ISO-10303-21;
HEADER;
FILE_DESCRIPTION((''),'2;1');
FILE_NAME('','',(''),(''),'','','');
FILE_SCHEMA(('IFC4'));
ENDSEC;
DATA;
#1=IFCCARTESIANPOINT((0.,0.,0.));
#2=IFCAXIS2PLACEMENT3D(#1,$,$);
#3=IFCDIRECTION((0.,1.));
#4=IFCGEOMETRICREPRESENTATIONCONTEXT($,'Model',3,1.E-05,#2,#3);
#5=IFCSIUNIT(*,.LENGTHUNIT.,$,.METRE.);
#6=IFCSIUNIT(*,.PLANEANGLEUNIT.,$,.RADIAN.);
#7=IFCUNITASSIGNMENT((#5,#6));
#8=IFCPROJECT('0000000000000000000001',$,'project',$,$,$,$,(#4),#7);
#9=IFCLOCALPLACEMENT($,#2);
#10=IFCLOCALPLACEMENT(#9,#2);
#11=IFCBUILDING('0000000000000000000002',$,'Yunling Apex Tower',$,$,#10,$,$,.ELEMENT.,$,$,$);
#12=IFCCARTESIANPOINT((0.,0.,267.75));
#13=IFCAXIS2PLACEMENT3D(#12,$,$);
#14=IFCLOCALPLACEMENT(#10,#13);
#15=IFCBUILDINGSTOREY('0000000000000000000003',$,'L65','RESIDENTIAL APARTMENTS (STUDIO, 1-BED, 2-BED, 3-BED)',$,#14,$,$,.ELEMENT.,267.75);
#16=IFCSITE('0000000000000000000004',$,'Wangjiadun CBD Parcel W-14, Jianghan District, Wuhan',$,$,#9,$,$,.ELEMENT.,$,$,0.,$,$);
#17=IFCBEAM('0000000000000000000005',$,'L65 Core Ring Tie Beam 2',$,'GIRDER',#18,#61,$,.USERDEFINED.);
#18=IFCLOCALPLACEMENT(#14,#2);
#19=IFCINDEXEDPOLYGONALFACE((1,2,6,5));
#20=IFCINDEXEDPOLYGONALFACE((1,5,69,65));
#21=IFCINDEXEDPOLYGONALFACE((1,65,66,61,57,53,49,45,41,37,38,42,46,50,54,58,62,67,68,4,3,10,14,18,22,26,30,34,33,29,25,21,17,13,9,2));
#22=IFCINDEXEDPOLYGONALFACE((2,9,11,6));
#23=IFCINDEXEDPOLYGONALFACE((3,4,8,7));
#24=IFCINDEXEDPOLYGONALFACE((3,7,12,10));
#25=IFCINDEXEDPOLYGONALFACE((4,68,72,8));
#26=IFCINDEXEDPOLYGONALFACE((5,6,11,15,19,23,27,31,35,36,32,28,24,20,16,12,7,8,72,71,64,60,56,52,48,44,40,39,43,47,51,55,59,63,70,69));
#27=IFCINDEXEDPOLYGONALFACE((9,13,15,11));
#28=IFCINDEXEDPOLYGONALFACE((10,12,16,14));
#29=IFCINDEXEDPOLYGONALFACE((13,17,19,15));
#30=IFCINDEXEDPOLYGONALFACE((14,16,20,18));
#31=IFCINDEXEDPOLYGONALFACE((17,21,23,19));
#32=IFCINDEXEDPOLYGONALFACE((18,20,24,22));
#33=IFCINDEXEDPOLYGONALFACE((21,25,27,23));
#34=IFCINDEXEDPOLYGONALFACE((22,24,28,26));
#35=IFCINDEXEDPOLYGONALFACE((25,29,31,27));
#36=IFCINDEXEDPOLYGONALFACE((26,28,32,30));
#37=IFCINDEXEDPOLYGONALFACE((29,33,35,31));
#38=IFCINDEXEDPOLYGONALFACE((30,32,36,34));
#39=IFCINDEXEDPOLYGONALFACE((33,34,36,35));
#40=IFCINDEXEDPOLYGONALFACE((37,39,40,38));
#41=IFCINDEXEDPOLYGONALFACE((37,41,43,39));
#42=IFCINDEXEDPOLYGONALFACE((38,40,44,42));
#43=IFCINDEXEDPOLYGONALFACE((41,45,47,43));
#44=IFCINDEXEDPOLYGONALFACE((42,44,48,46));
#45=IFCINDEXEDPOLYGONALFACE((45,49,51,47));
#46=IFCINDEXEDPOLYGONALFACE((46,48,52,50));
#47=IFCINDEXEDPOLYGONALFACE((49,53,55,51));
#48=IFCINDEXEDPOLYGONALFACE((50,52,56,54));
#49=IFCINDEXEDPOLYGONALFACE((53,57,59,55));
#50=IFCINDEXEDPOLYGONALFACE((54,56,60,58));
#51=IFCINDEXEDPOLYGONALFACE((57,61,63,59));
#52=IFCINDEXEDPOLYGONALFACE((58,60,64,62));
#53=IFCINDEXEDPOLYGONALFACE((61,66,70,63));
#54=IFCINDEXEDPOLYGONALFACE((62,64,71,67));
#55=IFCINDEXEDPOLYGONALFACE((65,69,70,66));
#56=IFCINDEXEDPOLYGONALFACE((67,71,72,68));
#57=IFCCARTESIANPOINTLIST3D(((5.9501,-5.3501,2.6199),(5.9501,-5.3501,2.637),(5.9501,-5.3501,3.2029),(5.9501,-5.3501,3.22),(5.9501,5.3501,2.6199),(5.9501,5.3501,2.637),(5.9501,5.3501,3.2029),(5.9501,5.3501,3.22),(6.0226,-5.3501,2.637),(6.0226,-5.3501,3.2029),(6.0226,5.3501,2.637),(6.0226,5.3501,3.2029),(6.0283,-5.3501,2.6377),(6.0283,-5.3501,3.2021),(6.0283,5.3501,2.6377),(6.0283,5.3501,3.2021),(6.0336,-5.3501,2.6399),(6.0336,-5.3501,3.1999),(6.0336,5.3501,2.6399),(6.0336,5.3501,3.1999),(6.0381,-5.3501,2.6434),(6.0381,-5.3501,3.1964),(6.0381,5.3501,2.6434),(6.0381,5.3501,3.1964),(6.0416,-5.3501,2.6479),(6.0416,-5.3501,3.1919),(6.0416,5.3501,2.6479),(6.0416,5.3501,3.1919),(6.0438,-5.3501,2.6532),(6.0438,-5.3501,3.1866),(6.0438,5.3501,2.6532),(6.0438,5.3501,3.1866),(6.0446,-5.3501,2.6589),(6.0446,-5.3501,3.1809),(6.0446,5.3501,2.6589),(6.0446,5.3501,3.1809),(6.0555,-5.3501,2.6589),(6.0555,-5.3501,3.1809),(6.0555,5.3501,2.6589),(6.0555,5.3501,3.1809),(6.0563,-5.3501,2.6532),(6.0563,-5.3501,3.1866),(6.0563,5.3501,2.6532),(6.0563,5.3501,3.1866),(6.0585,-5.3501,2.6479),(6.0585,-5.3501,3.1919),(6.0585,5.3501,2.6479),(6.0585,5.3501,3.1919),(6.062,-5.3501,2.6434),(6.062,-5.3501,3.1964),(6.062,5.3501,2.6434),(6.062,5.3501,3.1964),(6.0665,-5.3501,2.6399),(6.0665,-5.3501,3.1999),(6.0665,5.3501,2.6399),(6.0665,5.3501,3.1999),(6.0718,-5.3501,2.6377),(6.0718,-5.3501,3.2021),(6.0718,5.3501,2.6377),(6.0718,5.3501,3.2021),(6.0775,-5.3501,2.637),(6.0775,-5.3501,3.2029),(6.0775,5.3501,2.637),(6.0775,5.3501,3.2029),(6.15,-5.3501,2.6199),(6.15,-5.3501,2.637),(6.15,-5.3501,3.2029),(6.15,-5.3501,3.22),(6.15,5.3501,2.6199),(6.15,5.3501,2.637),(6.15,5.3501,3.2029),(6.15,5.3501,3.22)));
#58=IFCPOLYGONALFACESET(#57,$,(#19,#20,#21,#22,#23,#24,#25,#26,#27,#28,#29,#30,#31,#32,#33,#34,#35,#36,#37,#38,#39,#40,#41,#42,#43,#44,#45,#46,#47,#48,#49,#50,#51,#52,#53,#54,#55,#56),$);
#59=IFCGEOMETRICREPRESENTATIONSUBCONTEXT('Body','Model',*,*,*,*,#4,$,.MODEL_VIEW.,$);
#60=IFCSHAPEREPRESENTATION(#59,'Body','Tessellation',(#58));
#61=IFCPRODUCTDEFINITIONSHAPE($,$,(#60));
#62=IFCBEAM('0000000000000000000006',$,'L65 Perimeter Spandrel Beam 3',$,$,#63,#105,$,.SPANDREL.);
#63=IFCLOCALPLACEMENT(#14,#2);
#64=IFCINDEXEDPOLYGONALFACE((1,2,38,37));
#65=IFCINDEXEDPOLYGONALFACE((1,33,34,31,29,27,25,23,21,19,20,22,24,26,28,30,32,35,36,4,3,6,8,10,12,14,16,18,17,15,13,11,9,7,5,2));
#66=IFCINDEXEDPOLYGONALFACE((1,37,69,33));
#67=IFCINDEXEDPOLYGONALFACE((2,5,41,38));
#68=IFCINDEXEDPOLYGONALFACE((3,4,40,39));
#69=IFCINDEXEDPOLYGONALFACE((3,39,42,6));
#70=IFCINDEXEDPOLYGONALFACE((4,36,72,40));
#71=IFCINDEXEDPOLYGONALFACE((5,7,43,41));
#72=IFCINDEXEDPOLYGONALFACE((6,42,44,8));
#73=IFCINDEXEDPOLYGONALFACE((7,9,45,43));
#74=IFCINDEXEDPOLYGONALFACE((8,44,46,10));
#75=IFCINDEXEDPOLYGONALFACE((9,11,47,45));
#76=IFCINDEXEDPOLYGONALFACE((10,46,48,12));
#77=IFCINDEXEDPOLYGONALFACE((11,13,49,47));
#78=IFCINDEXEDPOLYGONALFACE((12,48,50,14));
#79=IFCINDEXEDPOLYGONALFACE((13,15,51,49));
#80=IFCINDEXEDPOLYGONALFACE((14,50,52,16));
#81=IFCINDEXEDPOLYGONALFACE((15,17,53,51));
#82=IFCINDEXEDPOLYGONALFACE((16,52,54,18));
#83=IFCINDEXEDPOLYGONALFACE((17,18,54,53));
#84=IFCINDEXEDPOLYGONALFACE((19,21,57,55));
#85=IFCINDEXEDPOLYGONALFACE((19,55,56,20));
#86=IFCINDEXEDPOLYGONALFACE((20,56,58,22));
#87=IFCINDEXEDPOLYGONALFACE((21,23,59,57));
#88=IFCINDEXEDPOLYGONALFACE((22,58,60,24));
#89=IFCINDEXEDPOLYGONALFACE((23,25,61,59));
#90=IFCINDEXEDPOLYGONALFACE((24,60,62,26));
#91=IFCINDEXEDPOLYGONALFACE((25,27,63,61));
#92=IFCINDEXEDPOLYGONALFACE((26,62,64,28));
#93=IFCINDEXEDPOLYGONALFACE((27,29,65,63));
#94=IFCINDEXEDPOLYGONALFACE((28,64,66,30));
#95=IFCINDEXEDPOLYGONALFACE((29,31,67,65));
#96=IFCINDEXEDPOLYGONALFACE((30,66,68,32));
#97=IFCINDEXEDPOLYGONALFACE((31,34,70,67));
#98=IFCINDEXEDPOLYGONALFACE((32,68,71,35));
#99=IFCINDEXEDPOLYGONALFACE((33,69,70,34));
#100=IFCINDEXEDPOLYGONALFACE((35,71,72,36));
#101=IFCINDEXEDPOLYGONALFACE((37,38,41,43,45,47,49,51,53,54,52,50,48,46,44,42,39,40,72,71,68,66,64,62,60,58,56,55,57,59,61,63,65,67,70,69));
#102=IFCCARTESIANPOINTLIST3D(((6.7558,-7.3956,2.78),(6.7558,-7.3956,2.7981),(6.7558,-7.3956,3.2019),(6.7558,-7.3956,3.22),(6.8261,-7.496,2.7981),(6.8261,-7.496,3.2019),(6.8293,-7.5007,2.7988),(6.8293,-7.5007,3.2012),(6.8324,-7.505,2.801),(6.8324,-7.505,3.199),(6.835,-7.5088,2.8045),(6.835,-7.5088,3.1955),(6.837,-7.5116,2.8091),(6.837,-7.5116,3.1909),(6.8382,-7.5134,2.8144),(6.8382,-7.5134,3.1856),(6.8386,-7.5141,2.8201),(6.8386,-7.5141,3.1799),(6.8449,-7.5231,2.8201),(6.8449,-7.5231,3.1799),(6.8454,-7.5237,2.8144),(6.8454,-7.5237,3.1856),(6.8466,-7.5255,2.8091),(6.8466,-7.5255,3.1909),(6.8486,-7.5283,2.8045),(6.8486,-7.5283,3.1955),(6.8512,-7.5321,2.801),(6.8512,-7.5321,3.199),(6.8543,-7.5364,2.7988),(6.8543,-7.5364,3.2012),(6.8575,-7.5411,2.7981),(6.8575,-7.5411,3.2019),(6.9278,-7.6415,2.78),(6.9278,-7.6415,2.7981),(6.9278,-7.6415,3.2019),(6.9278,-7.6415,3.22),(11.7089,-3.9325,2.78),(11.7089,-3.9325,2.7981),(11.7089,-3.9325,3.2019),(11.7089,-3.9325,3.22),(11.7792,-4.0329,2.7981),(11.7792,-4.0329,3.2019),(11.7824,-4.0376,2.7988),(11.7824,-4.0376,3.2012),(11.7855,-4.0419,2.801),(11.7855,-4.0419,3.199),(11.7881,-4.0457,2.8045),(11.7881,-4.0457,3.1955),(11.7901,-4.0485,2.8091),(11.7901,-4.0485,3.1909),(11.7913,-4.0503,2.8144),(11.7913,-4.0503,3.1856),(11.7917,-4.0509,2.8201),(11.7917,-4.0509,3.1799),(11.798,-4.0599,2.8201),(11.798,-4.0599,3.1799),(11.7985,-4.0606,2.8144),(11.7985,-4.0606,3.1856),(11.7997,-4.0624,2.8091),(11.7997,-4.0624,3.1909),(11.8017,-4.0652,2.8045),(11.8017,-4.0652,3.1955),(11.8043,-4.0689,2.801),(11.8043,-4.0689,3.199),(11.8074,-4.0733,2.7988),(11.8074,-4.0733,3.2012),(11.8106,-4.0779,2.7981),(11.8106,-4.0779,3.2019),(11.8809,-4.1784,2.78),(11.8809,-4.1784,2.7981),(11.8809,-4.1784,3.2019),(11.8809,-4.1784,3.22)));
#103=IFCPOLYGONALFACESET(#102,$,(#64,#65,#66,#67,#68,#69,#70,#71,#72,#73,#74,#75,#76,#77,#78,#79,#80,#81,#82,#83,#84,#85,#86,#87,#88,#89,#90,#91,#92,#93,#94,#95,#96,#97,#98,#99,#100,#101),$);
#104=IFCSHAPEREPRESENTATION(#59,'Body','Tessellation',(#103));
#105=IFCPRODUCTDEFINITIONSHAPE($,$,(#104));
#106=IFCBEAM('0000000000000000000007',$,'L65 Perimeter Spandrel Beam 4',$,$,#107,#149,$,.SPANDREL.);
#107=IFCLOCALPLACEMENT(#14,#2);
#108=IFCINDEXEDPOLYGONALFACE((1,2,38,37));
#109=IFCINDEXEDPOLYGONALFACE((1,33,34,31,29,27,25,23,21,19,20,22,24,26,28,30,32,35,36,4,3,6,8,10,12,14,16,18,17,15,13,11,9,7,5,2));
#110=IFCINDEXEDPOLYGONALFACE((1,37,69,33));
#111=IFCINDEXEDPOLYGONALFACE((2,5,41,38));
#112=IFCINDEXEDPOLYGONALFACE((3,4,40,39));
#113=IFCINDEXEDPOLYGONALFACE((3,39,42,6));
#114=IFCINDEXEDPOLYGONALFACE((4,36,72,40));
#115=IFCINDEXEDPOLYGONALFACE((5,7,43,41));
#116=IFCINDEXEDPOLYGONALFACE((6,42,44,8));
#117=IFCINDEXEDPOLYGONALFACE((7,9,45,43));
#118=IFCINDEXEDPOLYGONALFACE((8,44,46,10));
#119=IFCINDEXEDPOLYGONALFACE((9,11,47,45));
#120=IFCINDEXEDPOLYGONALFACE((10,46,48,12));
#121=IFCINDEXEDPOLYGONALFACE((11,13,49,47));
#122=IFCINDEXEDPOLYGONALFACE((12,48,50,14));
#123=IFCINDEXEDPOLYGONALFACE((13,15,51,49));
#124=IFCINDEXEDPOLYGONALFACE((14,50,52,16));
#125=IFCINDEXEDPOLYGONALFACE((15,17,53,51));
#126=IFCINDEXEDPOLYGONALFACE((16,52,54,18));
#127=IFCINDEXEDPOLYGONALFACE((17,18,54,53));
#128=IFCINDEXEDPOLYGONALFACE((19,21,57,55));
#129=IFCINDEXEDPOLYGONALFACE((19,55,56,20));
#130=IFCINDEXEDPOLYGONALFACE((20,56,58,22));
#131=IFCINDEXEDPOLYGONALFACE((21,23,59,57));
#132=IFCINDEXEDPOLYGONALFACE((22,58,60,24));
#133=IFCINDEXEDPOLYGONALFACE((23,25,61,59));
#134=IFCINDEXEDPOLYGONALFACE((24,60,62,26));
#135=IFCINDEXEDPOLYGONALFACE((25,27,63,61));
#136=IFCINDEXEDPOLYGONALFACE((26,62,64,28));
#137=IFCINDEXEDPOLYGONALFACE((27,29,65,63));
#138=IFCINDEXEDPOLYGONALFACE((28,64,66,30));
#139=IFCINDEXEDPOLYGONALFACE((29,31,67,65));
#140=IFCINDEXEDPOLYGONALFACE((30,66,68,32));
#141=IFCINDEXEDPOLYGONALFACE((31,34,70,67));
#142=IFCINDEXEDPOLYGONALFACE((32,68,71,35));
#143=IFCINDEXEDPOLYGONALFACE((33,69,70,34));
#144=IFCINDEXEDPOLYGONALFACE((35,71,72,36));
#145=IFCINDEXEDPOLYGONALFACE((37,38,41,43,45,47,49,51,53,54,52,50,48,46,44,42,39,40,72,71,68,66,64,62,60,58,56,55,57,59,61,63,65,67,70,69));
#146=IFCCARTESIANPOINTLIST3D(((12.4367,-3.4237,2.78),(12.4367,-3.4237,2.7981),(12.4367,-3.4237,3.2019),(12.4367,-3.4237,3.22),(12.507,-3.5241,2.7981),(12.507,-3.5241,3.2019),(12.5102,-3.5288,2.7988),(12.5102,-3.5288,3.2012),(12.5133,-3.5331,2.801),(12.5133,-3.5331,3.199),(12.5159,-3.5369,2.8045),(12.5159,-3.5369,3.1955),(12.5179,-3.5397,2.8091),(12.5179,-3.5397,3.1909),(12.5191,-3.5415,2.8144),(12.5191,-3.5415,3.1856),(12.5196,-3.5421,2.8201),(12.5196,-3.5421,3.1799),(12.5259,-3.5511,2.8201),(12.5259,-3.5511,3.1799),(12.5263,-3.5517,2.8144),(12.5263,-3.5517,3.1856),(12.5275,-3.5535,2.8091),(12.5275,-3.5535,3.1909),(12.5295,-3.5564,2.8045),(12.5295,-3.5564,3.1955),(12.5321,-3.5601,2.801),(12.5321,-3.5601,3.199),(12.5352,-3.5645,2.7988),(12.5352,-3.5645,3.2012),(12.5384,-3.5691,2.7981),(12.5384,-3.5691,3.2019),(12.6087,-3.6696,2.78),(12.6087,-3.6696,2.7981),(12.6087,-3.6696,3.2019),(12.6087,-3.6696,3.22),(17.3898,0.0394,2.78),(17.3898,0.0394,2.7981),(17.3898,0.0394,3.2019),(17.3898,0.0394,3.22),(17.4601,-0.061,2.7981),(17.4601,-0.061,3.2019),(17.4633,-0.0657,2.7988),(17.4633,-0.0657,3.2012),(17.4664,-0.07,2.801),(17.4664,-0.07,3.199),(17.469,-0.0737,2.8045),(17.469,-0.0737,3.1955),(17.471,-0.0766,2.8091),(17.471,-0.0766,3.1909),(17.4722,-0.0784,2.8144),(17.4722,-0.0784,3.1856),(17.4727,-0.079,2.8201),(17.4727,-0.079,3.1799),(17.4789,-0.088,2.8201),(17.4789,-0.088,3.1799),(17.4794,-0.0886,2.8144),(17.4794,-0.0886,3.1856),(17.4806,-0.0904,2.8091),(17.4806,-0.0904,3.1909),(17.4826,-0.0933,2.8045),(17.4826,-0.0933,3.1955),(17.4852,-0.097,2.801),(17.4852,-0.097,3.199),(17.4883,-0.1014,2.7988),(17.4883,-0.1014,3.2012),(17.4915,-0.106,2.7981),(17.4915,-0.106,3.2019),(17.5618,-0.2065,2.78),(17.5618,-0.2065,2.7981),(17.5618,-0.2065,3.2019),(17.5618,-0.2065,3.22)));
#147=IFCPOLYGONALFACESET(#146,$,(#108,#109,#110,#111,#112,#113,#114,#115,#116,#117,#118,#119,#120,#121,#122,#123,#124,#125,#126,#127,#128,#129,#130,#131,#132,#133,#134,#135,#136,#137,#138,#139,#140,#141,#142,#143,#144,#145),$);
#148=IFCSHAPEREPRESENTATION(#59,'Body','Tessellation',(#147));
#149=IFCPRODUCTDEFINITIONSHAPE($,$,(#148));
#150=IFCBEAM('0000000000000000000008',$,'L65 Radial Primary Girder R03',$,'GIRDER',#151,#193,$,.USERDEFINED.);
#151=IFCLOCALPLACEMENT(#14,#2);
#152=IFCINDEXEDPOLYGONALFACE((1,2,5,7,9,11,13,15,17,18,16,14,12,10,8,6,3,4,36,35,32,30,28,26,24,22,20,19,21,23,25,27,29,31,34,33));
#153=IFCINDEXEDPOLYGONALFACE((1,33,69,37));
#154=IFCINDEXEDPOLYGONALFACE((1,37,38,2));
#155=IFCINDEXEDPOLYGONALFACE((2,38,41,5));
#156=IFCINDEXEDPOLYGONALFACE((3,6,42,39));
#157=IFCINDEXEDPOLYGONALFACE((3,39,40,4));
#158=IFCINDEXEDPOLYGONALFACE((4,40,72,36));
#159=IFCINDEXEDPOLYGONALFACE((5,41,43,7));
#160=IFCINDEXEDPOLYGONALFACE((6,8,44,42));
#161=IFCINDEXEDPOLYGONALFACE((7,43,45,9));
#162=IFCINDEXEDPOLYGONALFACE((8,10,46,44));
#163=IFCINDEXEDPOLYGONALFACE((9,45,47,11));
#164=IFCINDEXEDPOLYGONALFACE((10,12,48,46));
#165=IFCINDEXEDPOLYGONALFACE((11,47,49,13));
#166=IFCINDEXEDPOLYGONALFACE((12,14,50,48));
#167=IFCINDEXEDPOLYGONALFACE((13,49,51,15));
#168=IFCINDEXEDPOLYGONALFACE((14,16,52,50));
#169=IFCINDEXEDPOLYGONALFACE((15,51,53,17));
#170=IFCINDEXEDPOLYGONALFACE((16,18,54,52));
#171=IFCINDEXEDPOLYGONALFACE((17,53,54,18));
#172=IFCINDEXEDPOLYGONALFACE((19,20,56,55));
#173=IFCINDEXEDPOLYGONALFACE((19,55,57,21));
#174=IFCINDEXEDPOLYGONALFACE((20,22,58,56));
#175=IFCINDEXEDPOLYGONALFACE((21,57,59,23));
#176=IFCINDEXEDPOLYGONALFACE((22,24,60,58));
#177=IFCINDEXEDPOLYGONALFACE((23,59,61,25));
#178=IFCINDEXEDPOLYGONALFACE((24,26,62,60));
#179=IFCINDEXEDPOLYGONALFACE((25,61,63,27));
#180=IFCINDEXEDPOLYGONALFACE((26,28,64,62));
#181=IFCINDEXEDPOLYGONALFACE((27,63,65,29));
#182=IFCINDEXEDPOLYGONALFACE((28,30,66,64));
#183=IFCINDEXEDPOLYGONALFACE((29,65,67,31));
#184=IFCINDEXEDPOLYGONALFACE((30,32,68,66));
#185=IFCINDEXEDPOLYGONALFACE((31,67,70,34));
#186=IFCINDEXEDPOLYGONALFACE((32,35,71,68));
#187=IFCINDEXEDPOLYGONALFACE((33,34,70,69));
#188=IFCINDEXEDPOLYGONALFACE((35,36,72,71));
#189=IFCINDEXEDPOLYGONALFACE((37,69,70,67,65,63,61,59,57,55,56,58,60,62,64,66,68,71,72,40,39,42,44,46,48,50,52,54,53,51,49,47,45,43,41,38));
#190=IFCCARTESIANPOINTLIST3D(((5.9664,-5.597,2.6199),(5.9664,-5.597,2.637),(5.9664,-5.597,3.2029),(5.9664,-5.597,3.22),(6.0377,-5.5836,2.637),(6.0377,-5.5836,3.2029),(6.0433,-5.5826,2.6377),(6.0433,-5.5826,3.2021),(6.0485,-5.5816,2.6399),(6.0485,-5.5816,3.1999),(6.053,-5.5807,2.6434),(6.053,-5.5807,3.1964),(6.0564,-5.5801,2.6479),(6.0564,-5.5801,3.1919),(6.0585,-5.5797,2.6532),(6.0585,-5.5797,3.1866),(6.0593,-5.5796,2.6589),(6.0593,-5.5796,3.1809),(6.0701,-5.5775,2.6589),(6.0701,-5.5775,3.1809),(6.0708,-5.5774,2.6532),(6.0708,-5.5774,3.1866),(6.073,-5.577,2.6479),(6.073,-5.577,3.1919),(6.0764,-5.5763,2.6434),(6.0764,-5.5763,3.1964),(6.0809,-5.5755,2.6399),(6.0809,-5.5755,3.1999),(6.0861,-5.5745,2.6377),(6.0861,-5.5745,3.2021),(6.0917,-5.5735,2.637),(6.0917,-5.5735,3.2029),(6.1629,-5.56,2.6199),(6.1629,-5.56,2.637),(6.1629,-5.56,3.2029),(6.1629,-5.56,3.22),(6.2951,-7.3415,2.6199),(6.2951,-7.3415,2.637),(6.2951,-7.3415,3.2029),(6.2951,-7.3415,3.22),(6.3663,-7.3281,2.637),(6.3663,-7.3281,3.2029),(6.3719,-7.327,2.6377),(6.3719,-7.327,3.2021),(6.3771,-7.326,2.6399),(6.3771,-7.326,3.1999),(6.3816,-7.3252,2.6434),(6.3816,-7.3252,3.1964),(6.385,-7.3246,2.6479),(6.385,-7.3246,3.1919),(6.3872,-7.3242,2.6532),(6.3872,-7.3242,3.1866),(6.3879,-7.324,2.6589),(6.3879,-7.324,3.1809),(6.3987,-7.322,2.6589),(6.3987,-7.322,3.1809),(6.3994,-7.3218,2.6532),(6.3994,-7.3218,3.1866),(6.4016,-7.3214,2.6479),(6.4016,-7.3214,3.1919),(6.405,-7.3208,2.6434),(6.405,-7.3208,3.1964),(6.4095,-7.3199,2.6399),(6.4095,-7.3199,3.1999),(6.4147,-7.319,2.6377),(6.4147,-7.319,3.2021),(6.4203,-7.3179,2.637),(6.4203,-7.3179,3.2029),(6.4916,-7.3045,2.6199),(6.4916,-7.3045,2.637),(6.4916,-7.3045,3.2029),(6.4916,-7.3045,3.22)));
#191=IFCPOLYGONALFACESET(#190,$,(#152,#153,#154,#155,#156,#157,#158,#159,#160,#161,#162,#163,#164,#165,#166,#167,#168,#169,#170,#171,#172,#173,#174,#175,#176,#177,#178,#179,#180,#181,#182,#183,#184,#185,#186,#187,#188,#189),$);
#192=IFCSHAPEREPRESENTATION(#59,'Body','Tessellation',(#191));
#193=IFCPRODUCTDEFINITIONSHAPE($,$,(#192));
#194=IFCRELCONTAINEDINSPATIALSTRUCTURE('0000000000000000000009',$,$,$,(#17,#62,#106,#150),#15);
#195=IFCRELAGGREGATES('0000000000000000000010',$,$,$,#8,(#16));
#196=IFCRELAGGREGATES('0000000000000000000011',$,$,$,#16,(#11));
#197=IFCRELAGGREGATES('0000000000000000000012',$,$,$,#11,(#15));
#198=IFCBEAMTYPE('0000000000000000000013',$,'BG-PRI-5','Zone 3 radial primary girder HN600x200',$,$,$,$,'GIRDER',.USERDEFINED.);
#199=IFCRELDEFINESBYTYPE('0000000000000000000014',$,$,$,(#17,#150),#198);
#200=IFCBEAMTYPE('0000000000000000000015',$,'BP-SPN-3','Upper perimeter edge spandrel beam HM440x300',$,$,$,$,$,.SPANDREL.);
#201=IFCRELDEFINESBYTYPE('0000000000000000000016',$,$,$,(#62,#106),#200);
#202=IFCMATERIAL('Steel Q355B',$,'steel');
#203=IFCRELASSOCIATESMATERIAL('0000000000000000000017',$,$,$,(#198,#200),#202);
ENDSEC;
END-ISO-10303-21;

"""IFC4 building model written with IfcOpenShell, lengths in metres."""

from ifc_helpers import new_model, si_unit, direction, frame, origin, origin_2d, place, context, subcontext, project, spatial, i_section, extrude, source, transform, mapped, material, material_profile, profile_set, type_object, element, save


model = new_model("IFC4")

# Units and contexts
model_context = context("Model", 3, precision=1e-05, world=origin(), true_north=direction((0.0, 1.0)))
body_context = subcontext(model_context, "Body", "Model", "MODEL_VIEW")
ifc_project = project(units=[si_unit("LENGTHUNIT", "METRE"), si_unit("PLANEANGLEUNIT", "RADIAN")], contexts=[model_context])

# Site, building, storey
site_placement = place(None, origin())
site = spatial("IfcSite", under=ifc_project, at=site_placement, Name="Wangjiadun CBD Parcel W-14, Jianghan District, Wuhan", CompositionType="ELEMENT", RefElevation=0.0)
building_placement = place(site_placement, origin())
building = spatial("IfcBuilding", under=site, at=building_placement, Name="Yunling Apex Tower", CompositionType="ELEMENT")
storey_placement = place(building_placement, frame((0.0, 0.0, 267.75)))
storey = spatial("IfcBuildingStorey", under=building, at=storey_placement, Name="L65", Description="RESIDENTIAL APARTMENTS (STUDIO, 1-BED, 2-BED, 3-BED)", CompositionType="ELEMENT", Elevation=267.75)

# Shared definitions
ifc_material_1 = material(Name="Steel Q355B", Category="steel")

# Beams
ifc_material_profile_1 = material_profile(ifc_material_1, i_section(OverallWidth=0.2, OverallDepth=0.6001, WebThickness=0.011, FlangeThickness=0.0171, FilletRadius=0.022, at=origin_2d()))
ifc_profile_set_1 = profile_set([ifc_material_profile_1], Name="Steel Q355B")
beam_type_1 = type_object("IfcBeamType", Name="BG-PRI-5", Description="Zone 3 radial primary girder HN600x200", ElementType="GIRDER", PredefinedType="USERDEFINED", material=ifc_profile_set_1)
shared_shape_1 = source(origin(), body_context, "Body", "SweptSolid", [
    extrude(i_section(OverallWidth=0.2, OverallDepth=0.6001, WebThickness=0.011, FlangeThickness=0.0171, FilletRadius=0.022, at=origin_2d()), origin(), (0.0, 0.0, 1.0), 10.7002),
])
beam_1_placement = place(storey_placement, frame((6.05, -5.3501, 2.9199), z_axis=(0.0, 1.0, 0.0), x_axis=(-1.0, 0.0, 0.0)))
element("IfcBeam", 1, at=beam_1_placement, inside=storey, type_object=beam_type_1, Name="L65 Core Ring Tie Beam 2", ObjectType="GIRDER", PredefinedType="USERDEFINED", context=body_context, shape_type="MappedRepresentation", body=[
    mapped(shared_shape_1, transform((0.0, 0.0, 0.0), scale=1.0)),
])
ifc_material_profile_2 = material_profile(ifc_material_1, i_section(OverallWidth=0.3, OverallDepth=0.4399, WebThickness=0.011, FlangeThickness=0.0181, FilletRadius=0.022, at=origin_2d()))
ifc_profile_set_2 = profile_set([ifc_material_profile_2], Name="Steel Q355B")
beam_type_2 = type_object("IfcBeamType", Name="BP-SPN-3", Description="Upper perimeter edge spandrel beam HM440x300", PredefinedType="SPANDREL", material=ifc_profile_set_2)
shared_shape_2 = source(origin(), body_context, "Body", "SweptSolid", [
    extrude(i_section(OverallWidth=0.3, OverallDepth=0.4399, WebThickness=0.011, FlangeThickness=0.0181, FilletRadius=0.022, at=origin_2d()), origin(), (0.0, 0.0, 1.0), 6.0437),
])
for number, where, z_axis, x_axis, name in (
    (2, (6.8418, -7.5186, 3.0), (0.819547, 0.573012, 0.0), (-0.573012, 0.819547, 0.0), "L65 Perimeter Spandrel Beam 3"),
    (3, (12.5227, -3.5466, 3.0), (0.819547, 0.573012, 0.0), (-0.573012, 0.819547, 0.0), "L65 Perimeter Spandrel Beam 4"),
):
    element("IfcBeam", number, at=place(storey_placement, frame(where, z_axis=z_axis, x_axis=x_axis)), inside=storey, type_object=beam_type_2, Name=name, PredefinedType="SPANDREL", context=body_context, shape_type="MappedRepresentation", body=[
        mapped(shared_shape_2, transform((0.0, 0.0, 0.0), scale=1.0)),
    ])
shared_shape_3 = source(origin(), body_context, "Body", "SweptSolid", [
    extrude(i_section(OverallWidth=0.2, OverallDepth=0.6001, WebThickness=0.011, FlangeThickness=0.0171, FilletRadius=0.022, at=origin_2d()), origin(), (0.0, 0.0, 1.0), 1.7751),
])
beam_2_placement = place(storey_placement, frame((6.3933, -7.323, 2.9199), z_axis=(-0.185127, 0.982715, 0.0), x_axis=(-0.982715, -0.185127, 0.0)))
element("IfcBeam", 4, at=beam_2_placement, inside=storey, type_object=beam_type_1, Name="L65 Radial Primary Girder R03", ObjectType="GIRDER", PredefinedType="USERDEFINED", context=body_context, shape_type="MappedRepresentation", body=[
    mapped(shared_shape_3, transform((0.0, 0.0, 0.0), scale=1.0)),
])

save(model, "model.ifc")
